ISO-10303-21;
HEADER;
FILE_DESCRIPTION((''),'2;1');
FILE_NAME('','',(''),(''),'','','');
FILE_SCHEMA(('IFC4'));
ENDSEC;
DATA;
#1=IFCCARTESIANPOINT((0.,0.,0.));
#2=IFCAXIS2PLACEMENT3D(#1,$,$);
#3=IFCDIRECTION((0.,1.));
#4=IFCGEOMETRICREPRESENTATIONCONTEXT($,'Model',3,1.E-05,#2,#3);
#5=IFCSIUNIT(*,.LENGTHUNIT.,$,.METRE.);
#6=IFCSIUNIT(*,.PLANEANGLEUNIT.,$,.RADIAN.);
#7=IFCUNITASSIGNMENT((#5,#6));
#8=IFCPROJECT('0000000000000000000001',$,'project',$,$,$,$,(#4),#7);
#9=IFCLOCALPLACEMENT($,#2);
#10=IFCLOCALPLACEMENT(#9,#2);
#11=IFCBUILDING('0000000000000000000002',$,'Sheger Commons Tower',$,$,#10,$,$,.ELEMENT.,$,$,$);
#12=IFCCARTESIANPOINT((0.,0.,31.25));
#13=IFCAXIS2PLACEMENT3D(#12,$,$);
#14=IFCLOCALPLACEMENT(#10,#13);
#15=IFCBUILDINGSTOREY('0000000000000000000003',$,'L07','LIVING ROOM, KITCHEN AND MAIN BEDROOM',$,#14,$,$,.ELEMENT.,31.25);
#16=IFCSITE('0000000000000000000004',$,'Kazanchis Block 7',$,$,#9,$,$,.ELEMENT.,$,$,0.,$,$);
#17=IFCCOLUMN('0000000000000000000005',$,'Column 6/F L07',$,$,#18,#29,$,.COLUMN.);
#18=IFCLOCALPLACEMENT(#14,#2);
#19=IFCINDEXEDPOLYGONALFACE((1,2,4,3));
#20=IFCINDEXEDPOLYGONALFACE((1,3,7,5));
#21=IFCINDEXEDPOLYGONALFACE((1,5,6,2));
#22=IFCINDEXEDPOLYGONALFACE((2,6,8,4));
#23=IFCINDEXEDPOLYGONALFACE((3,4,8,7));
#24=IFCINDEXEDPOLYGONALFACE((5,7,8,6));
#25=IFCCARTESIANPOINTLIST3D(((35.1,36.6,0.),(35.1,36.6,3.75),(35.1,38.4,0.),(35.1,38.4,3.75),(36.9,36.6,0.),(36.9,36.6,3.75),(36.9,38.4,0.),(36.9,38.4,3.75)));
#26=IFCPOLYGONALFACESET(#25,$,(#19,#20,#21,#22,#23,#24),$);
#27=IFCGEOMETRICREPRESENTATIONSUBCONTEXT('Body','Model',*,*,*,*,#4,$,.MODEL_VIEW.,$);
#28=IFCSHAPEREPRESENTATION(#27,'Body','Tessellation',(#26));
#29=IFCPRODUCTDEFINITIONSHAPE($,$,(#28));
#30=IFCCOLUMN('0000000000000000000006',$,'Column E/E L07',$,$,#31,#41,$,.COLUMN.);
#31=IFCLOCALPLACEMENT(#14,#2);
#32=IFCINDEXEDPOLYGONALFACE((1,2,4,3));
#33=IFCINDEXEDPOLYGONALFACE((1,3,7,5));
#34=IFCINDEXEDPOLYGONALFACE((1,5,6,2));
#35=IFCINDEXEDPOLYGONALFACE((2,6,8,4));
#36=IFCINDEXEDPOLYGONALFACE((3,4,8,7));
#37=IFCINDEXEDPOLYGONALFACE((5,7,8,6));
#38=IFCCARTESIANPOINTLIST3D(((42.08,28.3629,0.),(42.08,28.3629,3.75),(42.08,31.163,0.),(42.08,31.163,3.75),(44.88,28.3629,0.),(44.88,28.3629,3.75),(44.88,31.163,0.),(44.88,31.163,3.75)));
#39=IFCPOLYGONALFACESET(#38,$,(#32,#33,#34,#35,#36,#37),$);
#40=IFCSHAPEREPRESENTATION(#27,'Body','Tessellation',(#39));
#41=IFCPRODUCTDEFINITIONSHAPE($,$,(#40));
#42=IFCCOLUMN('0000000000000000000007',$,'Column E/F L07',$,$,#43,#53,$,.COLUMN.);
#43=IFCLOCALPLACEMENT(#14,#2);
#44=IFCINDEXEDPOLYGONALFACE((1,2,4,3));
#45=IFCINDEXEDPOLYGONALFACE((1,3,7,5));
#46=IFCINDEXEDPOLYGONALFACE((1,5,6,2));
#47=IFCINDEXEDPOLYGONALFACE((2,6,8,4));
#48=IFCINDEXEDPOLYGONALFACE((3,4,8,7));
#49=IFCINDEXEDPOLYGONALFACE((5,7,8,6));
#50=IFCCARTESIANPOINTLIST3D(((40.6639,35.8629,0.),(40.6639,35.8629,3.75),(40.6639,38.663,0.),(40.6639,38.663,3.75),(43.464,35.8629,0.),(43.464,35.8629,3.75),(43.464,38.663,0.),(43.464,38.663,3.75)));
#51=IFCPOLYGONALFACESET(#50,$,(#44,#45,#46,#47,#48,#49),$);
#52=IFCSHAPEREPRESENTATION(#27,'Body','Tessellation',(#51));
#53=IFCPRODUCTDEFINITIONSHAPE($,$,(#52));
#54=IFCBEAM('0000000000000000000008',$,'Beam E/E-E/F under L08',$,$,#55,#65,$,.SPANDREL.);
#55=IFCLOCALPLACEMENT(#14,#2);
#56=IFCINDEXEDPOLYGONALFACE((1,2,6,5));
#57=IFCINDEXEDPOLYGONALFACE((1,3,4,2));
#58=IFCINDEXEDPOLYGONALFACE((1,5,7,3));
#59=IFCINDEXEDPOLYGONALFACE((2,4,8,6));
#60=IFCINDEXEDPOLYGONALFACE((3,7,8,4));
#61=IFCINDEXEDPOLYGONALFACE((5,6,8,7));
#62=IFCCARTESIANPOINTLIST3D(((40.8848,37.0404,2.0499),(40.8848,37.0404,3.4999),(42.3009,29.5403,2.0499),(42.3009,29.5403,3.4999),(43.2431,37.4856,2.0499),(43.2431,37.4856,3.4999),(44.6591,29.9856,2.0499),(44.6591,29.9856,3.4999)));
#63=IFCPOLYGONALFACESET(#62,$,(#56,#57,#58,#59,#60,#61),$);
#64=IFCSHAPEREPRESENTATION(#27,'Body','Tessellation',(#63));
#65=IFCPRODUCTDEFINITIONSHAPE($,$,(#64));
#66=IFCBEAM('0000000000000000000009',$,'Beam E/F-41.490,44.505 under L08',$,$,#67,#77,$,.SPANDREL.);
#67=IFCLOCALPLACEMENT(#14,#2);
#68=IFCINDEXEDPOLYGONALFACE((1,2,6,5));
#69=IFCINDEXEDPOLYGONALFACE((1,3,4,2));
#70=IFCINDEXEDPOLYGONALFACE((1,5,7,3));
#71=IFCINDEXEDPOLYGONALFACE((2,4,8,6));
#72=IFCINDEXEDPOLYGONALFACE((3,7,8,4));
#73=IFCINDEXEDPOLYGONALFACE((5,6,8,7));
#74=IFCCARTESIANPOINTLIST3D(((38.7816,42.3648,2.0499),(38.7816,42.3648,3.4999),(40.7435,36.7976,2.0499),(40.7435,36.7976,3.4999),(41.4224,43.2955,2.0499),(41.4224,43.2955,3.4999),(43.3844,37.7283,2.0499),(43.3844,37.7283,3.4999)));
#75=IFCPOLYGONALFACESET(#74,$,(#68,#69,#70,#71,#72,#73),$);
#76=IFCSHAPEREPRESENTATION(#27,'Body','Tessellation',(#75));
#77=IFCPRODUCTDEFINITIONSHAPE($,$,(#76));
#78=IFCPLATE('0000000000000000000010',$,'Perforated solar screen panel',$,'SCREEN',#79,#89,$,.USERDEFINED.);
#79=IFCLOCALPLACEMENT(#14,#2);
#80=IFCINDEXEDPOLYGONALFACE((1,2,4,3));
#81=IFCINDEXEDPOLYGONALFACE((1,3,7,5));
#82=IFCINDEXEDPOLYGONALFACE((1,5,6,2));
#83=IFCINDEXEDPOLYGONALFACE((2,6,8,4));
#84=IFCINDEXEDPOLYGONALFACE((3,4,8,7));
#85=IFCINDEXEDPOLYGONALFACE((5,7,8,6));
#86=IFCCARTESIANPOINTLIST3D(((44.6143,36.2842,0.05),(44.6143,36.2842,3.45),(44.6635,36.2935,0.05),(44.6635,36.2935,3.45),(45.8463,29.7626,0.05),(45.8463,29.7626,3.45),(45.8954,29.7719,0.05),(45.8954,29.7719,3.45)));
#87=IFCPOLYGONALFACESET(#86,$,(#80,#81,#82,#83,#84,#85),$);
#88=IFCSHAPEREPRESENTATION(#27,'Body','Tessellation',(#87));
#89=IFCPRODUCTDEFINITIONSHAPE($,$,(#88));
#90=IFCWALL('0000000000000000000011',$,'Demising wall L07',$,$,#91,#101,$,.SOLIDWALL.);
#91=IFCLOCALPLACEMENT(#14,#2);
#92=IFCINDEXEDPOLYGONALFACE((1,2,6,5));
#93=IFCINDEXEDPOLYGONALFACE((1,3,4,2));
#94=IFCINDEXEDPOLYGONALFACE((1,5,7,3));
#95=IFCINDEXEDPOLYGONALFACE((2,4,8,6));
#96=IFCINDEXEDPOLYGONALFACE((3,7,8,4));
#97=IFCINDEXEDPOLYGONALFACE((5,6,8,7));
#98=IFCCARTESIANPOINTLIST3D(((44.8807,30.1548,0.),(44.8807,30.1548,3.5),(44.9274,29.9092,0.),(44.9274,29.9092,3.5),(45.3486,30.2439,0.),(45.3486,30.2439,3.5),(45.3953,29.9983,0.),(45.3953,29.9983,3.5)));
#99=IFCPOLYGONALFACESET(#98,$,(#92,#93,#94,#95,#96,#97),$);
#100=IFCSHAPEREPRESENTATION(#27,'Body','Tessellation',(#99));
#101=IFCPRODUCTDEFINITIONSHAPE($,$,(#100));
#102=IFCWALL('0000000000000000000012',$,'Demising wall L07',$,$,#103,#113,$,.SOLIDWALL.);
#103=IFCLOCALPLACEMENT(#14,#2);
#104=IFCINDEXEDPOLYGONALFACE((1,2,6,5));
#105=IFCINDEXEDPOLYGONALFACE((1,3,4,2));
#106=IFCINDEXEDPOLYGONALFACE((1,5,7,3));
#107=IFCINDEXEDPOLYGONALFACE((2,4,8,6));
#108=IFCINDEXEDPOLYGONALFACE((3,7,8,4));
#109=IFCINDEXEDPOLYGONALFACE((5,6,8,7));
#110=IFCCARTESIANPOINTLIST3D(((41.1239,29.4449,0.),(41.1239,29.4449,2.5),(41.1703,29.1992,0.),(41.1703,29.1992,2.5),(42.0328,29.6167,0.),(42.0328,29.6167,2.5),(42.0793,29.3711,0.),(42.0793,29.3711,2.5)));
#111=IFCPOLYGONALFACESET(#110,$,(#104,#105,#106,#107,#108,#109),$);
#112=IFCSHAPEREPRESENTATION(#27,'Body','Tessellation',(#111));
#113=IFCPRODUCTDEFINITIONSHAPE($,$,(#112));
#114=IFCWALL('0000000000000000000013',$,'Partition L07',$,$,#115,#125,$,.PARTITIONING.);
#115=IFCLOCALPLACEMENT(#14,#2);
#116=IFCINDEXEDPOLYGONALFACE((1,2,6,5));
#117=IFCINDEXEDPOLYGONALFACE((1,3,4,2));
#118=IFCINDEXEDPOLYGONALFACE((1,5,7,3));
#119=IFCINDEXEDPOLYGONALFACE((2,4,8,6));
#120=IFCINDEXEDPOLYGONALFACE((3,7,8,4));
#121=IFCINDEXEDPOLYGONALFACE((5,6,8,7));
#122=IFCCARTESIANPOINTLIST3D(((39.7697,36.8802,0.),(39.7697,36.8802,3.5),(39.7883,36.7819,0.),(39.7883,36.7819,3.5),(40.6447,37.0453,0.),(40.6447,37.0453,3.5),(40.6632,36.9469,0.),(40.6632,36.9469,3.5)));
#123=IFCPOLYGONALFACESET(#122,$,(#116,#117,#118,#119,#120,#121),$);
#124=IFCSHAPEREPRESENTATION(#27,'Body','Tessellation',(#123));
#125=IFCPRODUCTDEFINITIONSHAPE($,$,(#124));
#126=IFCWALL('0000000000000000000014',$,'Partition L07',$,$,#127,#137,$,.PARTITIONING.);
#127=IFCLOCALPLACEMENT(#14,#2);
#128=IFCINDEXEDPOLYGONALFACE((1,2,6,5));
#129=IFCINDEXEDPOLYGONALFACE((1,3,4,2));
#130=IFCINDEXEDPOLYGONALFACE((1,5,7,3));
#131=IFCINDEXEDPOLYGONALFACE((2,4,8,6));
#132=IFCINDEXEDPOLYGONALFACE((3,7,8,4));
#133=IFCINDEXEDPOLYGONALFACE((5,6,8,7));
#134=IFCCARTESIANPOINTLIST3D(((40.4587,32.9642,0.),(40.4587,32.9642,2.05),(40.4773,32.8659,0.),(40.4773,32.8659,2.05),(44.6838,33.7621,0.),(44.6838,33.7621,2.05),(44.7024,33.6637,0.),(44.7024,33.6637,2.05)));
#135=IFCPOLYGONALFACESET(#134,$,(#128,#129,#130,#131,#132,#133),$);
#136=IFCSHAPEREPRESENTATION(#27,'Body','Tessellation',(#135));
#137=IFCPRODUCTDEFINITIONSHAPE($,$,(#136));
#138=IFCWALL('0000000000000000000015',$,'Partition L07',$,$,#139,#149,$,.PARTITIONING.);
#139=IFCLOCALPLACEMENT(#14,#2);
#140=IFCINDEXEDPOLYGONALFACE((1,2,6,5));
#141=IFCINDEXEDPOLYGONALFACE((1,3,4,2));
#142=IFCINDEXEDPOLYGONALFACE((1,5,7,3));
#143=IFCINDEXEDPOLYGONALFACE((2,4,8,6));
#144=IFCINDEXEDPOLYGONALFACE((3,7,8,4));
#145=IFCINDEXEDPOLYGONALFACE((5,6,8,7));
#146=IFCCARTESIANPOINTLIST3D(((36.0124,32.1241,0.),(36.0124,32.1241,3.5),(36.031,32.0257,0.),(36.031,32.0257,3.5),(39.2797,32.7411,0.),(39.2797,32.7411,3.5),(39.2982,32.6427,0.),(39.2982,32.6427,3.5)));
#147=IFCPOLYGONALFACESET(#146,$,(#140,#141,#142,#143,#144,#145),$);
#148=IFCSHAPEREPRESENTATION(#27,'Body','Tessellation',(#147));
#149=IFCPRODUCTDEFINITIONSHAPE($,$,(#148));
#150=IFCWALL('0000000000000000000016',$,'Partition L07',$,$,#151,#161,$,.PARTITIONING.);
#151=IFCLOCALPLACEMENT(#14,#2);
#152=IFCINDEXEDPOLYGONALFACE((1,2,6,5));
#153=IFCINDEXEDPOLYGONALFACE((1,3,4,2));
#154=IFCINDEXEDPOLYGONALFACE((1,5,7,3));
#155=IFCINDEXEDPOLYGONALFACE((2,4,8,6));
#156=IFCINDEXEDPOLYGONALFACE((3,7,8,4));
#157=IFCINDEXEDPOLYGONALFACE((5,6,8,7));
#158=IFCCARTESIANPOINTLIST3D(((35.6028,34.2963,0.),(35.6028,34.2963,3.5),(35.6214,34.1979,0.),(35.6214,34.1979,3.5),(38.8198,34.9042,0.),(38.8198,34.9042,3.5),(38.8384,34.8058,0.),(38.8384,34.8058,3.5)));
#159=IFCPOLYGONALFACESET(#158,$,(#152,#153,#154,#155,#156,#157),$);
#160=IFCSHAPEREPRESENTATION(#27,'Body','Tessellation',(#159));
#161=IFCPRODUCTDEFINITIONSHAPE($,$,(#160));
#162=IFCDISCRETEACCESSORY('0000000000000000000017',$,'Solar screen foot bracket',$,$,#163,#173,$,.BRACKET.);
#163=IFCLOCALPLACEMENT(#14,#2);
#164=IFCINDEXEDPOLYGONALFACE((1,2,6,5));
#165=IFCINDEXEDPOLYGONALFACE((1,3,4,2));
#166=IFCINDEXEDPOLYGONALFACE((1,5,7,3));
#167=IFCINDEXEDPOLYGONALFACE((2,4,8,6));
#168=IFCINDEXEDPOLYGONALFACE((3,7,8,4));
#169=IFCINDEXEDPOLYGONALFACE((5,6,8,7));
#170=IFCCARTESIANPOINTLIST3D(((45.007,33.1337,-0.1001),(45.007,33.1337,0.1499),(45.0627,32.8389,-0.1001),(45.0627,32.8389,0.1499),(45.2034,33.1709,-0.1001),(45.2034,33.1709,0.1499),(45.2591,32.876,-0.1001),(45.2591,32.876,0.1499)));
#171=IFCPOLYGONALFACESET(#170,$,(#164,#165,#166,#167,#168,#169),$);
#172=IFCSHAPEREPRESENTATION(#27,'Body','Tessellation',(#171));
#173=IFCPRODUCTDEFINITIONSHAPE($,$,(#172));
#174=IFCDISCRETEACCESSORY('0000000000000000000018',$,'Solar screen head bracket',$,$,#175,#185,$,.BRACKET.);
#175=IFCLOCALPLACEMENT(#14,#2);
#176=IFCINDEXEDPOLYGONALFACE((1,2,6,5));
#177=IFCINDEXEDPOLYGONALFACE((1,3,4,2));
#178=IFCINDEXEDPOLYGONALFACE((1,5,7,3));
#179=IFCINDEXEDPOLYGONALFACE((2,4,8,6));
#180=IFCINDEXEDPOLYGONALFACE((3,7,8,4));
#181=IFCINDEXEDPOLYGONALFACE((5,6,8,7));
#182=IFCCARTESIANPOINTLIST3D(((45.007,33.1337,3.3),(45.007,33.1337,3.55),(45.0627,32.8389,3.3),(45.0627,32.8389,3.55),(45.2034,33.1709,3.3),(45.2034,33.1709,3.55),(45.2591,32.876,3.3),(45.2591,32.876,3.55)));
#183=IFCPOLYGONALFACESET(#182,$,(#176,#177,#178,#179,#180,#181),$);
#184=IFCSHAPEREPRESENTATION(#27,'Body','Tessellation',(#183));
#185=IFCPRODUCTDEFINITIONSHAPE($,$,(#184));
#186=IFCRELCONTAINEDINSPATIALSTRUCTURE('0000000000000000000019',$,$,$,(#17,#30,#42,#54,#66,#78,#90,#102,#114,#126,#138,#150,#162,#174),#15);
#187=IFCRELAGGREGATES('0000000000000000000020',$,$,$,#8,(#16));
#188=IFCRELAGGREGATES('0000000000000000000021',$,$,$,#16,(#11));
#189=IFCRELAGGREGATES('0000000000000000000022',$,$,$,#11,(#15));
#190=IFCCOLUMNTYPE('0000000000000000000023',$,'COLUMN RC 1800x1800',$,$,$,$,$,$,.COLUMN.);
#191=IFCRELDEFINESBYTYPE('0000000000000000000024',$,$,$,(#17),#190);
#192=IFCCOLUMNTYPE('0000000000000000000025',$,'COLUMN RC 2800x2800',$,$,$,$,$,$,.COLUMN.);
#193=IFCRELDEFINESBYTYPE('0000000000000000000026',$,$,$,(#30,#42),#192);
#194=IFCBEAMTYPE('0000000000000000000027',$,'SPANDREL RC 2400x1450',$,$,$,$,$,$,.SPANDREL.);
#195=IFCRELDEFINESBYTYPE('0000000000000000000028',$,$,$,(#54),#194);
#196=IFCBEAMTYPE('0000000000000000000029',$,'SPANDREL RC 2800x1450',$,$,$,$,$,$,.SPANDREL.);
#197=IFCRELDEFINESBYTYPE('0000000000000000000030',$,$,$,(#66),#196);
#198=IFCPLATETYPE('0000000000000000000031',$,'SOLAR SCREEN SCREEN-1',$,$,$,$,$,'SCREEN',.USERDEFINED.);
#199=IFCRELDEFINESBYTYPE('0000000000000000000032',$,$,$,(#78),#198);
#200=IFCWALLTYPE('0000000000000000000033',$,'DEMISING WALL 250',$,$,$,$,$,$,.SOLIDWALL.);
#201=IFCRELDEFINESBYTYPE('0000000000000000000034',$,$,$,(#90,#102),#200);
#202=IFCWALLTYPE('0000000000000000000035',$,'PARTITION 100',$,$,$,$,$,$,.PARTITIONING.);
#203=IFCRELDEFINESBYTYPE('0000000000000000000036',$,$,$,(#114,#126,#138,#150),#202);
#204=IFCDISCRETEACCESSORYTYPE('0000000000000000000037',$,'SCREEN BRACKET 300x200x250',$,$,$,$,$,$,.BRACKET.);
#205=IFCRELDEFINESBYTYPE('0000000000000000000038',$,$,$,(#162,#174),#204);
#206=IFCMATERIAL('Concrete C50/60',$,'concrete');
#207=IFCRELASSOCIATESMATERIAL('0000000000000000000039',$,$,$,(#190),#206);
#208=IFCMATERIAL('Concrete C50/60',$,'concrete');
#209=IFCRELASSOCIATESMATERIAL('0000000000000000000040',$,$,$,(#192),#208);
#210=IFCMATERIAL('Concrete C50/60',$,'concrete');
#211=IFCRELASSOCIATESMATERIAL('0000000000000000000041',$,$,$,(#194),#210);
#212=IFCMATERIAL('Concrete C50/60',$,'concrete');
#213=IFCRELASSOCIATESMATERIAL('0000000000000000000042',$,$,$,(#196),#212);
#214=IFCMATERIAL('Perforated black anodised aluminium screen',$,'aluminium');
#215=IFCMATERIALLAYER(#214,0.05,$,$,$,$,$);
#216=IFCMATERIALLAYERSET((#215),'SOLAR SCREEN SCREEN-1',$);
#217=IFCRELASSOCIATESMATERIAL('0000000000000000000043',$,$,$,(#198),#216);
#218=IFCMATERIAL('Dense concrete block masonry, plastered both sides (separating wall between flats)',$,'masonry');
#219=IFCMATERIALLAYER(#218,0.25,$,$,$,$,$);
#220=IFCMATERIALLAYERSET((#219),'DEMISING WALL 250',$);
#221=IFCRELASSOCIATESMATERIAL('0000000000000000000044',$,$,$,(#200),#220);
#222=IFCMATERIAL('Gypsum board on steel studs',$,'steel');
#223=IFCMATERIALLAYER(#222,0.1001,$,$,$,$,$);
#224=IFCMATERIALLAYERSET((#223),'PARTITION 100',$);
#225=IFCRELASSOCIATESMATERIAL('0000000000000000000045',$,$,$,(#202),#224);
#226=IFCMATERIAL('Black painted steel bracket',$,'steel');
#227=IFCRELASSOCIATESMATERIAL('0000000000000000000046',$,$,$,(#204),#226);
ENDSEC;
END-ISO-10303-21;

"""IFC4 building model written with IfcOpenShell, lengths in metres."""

from ifc_helpers import new_model, si_unit, direction, frame, frame_2d, origin, origin_2d, place, context, subcontext, project, spatial, rectangle, extrude, material, layer, layer_set, material_profile, profile_set, type_object, element, save


model = new_model("IFC4")

# Units and contexts
model_context = context("Model", 3, precision=1e-05, world=origin(), true_north=direction((0.0, 1.0)))
body_context = subcontext(model_context, "Body", "Model", "MODEL_VIEW")
ifc_project = project(units=[si_unit("LENGTHUNIT", "METRE"), si_unit("PLANEANGLEUNIT", "RADIAN")], contexts=[model_context])

# Site, building, storey
site_placement = place(None, origin())
site = spatial("IfcSite", under=ifc_project, at=site_placement, Name="Kazanchis Block 7", CompositionType="ELEMENT", RefElevation=0.0)
building_placement = place(site_placement, origin())
building = spatial("IfcBuilding", under=site, at=building_placement, Name="Sheger Commons Tower", CompositionType="ELEMENT")
storey_placement = place(building_placement, frame((0.0, 0.0, 31.25)))
storey = spatial("IfcBuildingStorey", under=building, at=storey_placement, Name="L07", Description="LIVING ROOM, KITCHEN AND MAIN BEDROOM", CompositionType="ELEMENT", Elevation=31.25)

# Columns
ifc_material_1 = material(Name="Concrete C50/60", Category="concrete")
ifc_material_profile_1 = material_profile(ifc_material_1, rectangle(XDim=1.8, YDim=1.8, at=origin_2d()), Name="RC 1800x1800")
ifc_profile_set_1 = profile_set([ifc_material_profile_1], Name="Concrete C50/60")
column_type_1 = type_object("IfcColumnType", Name="COLUMN RC 1800x1800", PredefinedType="COLUMN", material=ifc_profile_set_1)
column_placement = place(storey_placement, frame((36.0, 37.5, 0.0), z_axis=(0.0, 0.0, 1.0), x_axis=(1.0, 0.0, 0.0)))
element("IfcColumn", 1, at=column_placement, inside=storey, type_object=column_type_1, Name="Column 6/F L07", PredefinedType="COLUMN", context=body_context, shape_type="SweptSolid", body=[
    extrude(rectangle(XDim=1.8, YDim=1.8, at=origin_2d()), origin(), (0.0, 0.0, 1.0), 3.75),
])
ifc_material_2 = material(Name="Concrete C50/60", Category="concrete")
ifc_material_profile_2 = material_profile(ifc_material_2, rectangle(XDim=2.8, YDim=2.8, at=origin_2d()), Name="RC 2800x2800")
ifc_profile_set_2 = profile_set([ifc_material_profile_2], Name="Concrete C50/60")
column_type_2 = type_object("IfcColumnType", Name="COLUMN RC 2800x2800", PredefinedType="COLUMN", material=ifc_profile_set_2)
for number, where, z_axis, x_axis, name in (
    (2, (43.48, 29.7629, 0.0), (0.0, 0.0, 1.0), (1.0, 0.0, 0.0), "Column E/E L07"),
    (3, (42.064, 37.2629, 0.0), (0.0, 0.0, 1.0), (1.0, 0.0, 0.0), "Column E/F L07"),
):
    element("IfcColumn", number, at=place(storey_placement, frame(where, z_axis=z_axis, x_axis=x_axis)), inside=storey, type_object=column_type_2, Name=name, PredefinedType="COLUMN", context=body_context, shape_type="SweptSolid", body=[
        extrude(rectangle(XDim=2.8, YDim=2.8, at=origin_2d()), origin(), (0.0, 0.0, 1.0), 3.75),
    ])

# Beams
ifc_material_3 = material(Name="Concrete C50/60", Category="concrete")
ifc_material_profile_3 = material_profile(ifc_material_3, rectangle(XDim=2.3999, YDim=1.45, at=origin_2d()), Name="RC 2400x1450")
ifc_profile_set_3 = profile_set([ifc_material_profile_3], Name="Concrete C50/60")
beam_type_1 = type_object("IfcBeamType", Name="SPANDREL RC 2400x1450", PredefinedType="SPANDREL", material=ifc_profile_set_3)
beam_1_placement = place(storey_placement, frame((43.48, 29.7629, 2.7749), z_axis=(-0.185524, 0.98264, 0.0), x_axis=(-0.98264, -0.185524, 0.0)))
element("IfcBeam", 4, at=beam_1_placement, inside=storey, type_object=beam_type_1, Name="Beam E/E-E/F under L08", PredefinedType="SPANDREL", context=body_context, shape_type="SweptSolid", body=[
    extrude(rectangle(XDim=2.3999, YDim=1.45, at=origin_2d()), origin(), (0.0, 0.0, 1.0), 7.6326),
])
ifc_material_4 = material(Name="Concrete C50/60", Category="concrete")
ifc_material_profile_4 = material_profile(ifc_material_4, rectangle(XDim=2.8, YDim=1.45, at=origin_2d()), Name="RC 2800x1450")
ifc_profile_set_4 = profile_set([ifc_material_profile_4], Name="Concrete C50/60")
beam_type_2 = type_object("IfcBeamType", Name="SPANDREL RC 2800x1450", PredefinedType="SPANDREL", material=ifc_profile_set_4)
beam_2_placement = place(storey_placement, frame((42.064, 37.2629, 2.7749), z_axis=(-0.332374, 0.943148, 0.0), x_axis=(-0.943148, -0.332374, 0.0)))
element("IfcBeam", 5, at=beam_2_placement, inside=storey, type_object=beam_type_2, Name="Beam E/F-41.490,44.505 under L08", PredefinedType="SPANDREL", context=body_context, shape_type="SweptSolid", body=[
    extrude(rectangle(XDim=2.8, YDim=1.45, at=origin_2d()), origin(), (0.0, 0.0, 1.0), 5.9028),
])

# Plate
ifc_material_5 = material(Name="Perforated black anodised aluminium screen", Category="aluminium")
ifc_layer_1 = layer(ifc_material_5, 0.05)
ifc_layer_set_1 = layer_set([ifc_layer_1], Name="SOLAR SCREEN SCREEN-1")
plate_type = type_object("IfcPlateType", Name="SOLAR SCREEN SCREEN-1", ElementType="SCREEN", PredefinedType="USERDEFINED", material=ifc_layer_set_1)
plate_placement = place(storey_placement, frame((45.2549, 33.0281, 0.05), z_axis=(0.0, 0.0, 1.0), x_axis=(-0.185615, 0.982623, 0.0)))
element("IfcPlate", 6, at=plate_placement, inside=storey, type_object=plate_type, Name="Perforated solar screen panel", ObjectType="SCREEN", PredefinedType="USERDEFINED", context=body_context, shape_type="SweptSolid", body=[
    extrude(rectangle(XDim=6.637, YDim=0.05, at=origin_2d()), origin(), (0.0, 0.0, 1.0), 3.3999),
])

# Walls
ifc_material_6 = material(Name="Dense concrete block masonry, plastered both sides (separating wall between flats)", Category="masonry")
ifc_layer_2 = layer(ifc_material_6, 0.25)
ifc_layer_set_2 = layer_set([ifc_layer_2], Name="DEMISING WALL 250")
wall_type_1 = type_object("IfcWallType", Name="DEMISING WALL 250", PredefinedType="SOLIDWALL", material=ifc_layer_set_2)
wall_1_placement = place(storey_placement, frame((45.3721, 30.1211, 0.0), z_axis=(0.0, 0.0, 1.0), x_axis=(-0.982352, -0.187041, 0.0)))
element("IfcWall", 7, at=wall_1_placement, inside=storey, type_object=wall_type_1, Name="Demising wall L07", PredefinedType="SOLIDWALL", context=body_context, shape_type="SweptSolid", body=[
    extrude(rectangle(XDim=0.4763, YDim=0.25, at=frame_2d((0.2383, 0.0))), origin(), (0.0, 0.0, 1.0), 3.5),
])
wall_2_placement = place(storey_placement, frame((42.0559, 29.4939, 0.0), z_axis=(0.0, 0.0, 1.0), x_axis=(-0.982587, -0.185802, 0.0)))
element("IfcWall", 8, at=wall_2_placement, inside=storey, type_object=wall_type_1, Name="Demising wall L07", PredefinedType="SOLIDWALL", context=body_context, shape_type="SweptSolid", body=[
    extrude(rectangle(XDim=0.925, YDim=0.25, at=frame_2d((0.4624, 0.0))), origin(), (0.0, 0.0, 1.0), 2.5),
])
ifc_material_7 = material(Name="Gypsum board on steel studs", Category="steel")
ifc_layer_3 = layer(ifc_material_7, 0.1001)
ifc_layer_set_3 = layer_set([ifc_layer_3], Name="PARTITION 100")
wall_type_2 = type_object("IfcWallType", Name="PARTITION 100", PredefinedType="PARTITIONING", material=ifc_layer_set_3)
wall_3_placement = place(storey_placement, frame((40.6541, 36.9961, 0.0), z_axis=(0.0, 0.0, 1.0), x_axis=(-0.982673, -0.185348, 0.0)))
element("IfcWall", 9, at=wall_3_placement, inside=storey, type_object=wall_type_2, Name="Partition L07", PredefinedType="PARTITIONING", context=body_context, shape_type="SweptSolid", body=[
    extrude(rectangle(XDim=0.8904, YDim=0.1001, at=frame_2d((0.4453, 0.0))), origin(), (0.0, 0.0, 1.0), 3.5),
])
wall_4_placement = place(storey_placement, frame((44.6931, 33.7129, 0.0), z_axis=(0.0, 0.0, 1.0), x_axis=(-0.982634, -0.185557, 0.0)))
element("IfcWall", 10, at=wall_4_placement, inside=storey, type_object=wall_type_2, Name="Partition L07", PredefinedType="PARTITIONING", context=body_context, shape_type="SweptSolid", body=[
    extrude(rectangle(XDim=4.2998, YDim=0.1001, at=frame_2d((2.1499, 0.0))), origin(), (0.0, 0.0, 1.0), 2.05),
])
wall_5_placement = place(storey_placement, frame((39.2891, 32.6919, 0.0), z_axis=(0.0, 0.0, 1.0), x_axis=(-0.982634, -0.185556, 0.0)))
element("IfcWall", 11, at=wall_5_placement, inside=storey, type_object=wall_type_2, Name="Partition L07", PredefinedType="PARTITIONING", context=body_context, shape_type="SweptSolid", body=[
    extrude(rectangle(XDim=3.325, YDim=0.1001, at=frame_2d((1.6626, 0.0))), origin(), (0.0, 0.0, 1.0), 3.5),
])
wall_6_placement = place(storey_placement, frame((38.8291, 34.855, 0.0), z_axis=(0.0, 0.0, 1.0), x_axis=(-0.98261, -0.18568, 0.0)))
element("IfcWall", 12, at=wall_6_placement, inside=storey, type_object=wall_type_2, Name="Partition L07", PredefinedType="PARTITIONING", context=body_context, shape_type="SweptSolid", body=[
    extrude(rectangle(XDim=3.2739, YDim=0.1001, at=frame_2d((1.637, 0.0))), origin(), (0.0, 0.0, 1.0), 3.5),
])

# Discrete accessories
ifc_material_8 = material(Name="Black painted steel bracket", Category="steel")
discrete_accessory_type = type_object("IfcDiscreteAccessoryType", Name="SCREEN BRACKET 300x200x250", PredefinedType="BRACKET", material=ifc_material_8)
for number, where, z_axis, x_axis, name in (
    (13, (45.1331, 33.0049, -0.1001), (0.0, 0.0, 1.0), (-0.185615, 0.982623, 0.0), "Solar screen foot bracket"),
    (14, (45.1331, 33.0049, 3.3), (0.0, 0.0, 1.0), (-0.185615, 0.982623, 0.0), "Solar screen head bracket"),
):
    element("IfcDiscreteAccessory", number, at=place(storey_placement, frame(where, z_axis=z_axis, x_axis=x_axis)), inside=storey, type_object=discrete_accessory_type, Name=name, PredefinedType="BRACKET", context=body_context, shape_type="SweptSolid", body=[
        extrude(rectangle(XDim=0.3, YDim=0.2, at=origin_2d()), origin(), (0.0, 0.0, 1.0), 0.25),
    ])

save(model, "model.ifc")
